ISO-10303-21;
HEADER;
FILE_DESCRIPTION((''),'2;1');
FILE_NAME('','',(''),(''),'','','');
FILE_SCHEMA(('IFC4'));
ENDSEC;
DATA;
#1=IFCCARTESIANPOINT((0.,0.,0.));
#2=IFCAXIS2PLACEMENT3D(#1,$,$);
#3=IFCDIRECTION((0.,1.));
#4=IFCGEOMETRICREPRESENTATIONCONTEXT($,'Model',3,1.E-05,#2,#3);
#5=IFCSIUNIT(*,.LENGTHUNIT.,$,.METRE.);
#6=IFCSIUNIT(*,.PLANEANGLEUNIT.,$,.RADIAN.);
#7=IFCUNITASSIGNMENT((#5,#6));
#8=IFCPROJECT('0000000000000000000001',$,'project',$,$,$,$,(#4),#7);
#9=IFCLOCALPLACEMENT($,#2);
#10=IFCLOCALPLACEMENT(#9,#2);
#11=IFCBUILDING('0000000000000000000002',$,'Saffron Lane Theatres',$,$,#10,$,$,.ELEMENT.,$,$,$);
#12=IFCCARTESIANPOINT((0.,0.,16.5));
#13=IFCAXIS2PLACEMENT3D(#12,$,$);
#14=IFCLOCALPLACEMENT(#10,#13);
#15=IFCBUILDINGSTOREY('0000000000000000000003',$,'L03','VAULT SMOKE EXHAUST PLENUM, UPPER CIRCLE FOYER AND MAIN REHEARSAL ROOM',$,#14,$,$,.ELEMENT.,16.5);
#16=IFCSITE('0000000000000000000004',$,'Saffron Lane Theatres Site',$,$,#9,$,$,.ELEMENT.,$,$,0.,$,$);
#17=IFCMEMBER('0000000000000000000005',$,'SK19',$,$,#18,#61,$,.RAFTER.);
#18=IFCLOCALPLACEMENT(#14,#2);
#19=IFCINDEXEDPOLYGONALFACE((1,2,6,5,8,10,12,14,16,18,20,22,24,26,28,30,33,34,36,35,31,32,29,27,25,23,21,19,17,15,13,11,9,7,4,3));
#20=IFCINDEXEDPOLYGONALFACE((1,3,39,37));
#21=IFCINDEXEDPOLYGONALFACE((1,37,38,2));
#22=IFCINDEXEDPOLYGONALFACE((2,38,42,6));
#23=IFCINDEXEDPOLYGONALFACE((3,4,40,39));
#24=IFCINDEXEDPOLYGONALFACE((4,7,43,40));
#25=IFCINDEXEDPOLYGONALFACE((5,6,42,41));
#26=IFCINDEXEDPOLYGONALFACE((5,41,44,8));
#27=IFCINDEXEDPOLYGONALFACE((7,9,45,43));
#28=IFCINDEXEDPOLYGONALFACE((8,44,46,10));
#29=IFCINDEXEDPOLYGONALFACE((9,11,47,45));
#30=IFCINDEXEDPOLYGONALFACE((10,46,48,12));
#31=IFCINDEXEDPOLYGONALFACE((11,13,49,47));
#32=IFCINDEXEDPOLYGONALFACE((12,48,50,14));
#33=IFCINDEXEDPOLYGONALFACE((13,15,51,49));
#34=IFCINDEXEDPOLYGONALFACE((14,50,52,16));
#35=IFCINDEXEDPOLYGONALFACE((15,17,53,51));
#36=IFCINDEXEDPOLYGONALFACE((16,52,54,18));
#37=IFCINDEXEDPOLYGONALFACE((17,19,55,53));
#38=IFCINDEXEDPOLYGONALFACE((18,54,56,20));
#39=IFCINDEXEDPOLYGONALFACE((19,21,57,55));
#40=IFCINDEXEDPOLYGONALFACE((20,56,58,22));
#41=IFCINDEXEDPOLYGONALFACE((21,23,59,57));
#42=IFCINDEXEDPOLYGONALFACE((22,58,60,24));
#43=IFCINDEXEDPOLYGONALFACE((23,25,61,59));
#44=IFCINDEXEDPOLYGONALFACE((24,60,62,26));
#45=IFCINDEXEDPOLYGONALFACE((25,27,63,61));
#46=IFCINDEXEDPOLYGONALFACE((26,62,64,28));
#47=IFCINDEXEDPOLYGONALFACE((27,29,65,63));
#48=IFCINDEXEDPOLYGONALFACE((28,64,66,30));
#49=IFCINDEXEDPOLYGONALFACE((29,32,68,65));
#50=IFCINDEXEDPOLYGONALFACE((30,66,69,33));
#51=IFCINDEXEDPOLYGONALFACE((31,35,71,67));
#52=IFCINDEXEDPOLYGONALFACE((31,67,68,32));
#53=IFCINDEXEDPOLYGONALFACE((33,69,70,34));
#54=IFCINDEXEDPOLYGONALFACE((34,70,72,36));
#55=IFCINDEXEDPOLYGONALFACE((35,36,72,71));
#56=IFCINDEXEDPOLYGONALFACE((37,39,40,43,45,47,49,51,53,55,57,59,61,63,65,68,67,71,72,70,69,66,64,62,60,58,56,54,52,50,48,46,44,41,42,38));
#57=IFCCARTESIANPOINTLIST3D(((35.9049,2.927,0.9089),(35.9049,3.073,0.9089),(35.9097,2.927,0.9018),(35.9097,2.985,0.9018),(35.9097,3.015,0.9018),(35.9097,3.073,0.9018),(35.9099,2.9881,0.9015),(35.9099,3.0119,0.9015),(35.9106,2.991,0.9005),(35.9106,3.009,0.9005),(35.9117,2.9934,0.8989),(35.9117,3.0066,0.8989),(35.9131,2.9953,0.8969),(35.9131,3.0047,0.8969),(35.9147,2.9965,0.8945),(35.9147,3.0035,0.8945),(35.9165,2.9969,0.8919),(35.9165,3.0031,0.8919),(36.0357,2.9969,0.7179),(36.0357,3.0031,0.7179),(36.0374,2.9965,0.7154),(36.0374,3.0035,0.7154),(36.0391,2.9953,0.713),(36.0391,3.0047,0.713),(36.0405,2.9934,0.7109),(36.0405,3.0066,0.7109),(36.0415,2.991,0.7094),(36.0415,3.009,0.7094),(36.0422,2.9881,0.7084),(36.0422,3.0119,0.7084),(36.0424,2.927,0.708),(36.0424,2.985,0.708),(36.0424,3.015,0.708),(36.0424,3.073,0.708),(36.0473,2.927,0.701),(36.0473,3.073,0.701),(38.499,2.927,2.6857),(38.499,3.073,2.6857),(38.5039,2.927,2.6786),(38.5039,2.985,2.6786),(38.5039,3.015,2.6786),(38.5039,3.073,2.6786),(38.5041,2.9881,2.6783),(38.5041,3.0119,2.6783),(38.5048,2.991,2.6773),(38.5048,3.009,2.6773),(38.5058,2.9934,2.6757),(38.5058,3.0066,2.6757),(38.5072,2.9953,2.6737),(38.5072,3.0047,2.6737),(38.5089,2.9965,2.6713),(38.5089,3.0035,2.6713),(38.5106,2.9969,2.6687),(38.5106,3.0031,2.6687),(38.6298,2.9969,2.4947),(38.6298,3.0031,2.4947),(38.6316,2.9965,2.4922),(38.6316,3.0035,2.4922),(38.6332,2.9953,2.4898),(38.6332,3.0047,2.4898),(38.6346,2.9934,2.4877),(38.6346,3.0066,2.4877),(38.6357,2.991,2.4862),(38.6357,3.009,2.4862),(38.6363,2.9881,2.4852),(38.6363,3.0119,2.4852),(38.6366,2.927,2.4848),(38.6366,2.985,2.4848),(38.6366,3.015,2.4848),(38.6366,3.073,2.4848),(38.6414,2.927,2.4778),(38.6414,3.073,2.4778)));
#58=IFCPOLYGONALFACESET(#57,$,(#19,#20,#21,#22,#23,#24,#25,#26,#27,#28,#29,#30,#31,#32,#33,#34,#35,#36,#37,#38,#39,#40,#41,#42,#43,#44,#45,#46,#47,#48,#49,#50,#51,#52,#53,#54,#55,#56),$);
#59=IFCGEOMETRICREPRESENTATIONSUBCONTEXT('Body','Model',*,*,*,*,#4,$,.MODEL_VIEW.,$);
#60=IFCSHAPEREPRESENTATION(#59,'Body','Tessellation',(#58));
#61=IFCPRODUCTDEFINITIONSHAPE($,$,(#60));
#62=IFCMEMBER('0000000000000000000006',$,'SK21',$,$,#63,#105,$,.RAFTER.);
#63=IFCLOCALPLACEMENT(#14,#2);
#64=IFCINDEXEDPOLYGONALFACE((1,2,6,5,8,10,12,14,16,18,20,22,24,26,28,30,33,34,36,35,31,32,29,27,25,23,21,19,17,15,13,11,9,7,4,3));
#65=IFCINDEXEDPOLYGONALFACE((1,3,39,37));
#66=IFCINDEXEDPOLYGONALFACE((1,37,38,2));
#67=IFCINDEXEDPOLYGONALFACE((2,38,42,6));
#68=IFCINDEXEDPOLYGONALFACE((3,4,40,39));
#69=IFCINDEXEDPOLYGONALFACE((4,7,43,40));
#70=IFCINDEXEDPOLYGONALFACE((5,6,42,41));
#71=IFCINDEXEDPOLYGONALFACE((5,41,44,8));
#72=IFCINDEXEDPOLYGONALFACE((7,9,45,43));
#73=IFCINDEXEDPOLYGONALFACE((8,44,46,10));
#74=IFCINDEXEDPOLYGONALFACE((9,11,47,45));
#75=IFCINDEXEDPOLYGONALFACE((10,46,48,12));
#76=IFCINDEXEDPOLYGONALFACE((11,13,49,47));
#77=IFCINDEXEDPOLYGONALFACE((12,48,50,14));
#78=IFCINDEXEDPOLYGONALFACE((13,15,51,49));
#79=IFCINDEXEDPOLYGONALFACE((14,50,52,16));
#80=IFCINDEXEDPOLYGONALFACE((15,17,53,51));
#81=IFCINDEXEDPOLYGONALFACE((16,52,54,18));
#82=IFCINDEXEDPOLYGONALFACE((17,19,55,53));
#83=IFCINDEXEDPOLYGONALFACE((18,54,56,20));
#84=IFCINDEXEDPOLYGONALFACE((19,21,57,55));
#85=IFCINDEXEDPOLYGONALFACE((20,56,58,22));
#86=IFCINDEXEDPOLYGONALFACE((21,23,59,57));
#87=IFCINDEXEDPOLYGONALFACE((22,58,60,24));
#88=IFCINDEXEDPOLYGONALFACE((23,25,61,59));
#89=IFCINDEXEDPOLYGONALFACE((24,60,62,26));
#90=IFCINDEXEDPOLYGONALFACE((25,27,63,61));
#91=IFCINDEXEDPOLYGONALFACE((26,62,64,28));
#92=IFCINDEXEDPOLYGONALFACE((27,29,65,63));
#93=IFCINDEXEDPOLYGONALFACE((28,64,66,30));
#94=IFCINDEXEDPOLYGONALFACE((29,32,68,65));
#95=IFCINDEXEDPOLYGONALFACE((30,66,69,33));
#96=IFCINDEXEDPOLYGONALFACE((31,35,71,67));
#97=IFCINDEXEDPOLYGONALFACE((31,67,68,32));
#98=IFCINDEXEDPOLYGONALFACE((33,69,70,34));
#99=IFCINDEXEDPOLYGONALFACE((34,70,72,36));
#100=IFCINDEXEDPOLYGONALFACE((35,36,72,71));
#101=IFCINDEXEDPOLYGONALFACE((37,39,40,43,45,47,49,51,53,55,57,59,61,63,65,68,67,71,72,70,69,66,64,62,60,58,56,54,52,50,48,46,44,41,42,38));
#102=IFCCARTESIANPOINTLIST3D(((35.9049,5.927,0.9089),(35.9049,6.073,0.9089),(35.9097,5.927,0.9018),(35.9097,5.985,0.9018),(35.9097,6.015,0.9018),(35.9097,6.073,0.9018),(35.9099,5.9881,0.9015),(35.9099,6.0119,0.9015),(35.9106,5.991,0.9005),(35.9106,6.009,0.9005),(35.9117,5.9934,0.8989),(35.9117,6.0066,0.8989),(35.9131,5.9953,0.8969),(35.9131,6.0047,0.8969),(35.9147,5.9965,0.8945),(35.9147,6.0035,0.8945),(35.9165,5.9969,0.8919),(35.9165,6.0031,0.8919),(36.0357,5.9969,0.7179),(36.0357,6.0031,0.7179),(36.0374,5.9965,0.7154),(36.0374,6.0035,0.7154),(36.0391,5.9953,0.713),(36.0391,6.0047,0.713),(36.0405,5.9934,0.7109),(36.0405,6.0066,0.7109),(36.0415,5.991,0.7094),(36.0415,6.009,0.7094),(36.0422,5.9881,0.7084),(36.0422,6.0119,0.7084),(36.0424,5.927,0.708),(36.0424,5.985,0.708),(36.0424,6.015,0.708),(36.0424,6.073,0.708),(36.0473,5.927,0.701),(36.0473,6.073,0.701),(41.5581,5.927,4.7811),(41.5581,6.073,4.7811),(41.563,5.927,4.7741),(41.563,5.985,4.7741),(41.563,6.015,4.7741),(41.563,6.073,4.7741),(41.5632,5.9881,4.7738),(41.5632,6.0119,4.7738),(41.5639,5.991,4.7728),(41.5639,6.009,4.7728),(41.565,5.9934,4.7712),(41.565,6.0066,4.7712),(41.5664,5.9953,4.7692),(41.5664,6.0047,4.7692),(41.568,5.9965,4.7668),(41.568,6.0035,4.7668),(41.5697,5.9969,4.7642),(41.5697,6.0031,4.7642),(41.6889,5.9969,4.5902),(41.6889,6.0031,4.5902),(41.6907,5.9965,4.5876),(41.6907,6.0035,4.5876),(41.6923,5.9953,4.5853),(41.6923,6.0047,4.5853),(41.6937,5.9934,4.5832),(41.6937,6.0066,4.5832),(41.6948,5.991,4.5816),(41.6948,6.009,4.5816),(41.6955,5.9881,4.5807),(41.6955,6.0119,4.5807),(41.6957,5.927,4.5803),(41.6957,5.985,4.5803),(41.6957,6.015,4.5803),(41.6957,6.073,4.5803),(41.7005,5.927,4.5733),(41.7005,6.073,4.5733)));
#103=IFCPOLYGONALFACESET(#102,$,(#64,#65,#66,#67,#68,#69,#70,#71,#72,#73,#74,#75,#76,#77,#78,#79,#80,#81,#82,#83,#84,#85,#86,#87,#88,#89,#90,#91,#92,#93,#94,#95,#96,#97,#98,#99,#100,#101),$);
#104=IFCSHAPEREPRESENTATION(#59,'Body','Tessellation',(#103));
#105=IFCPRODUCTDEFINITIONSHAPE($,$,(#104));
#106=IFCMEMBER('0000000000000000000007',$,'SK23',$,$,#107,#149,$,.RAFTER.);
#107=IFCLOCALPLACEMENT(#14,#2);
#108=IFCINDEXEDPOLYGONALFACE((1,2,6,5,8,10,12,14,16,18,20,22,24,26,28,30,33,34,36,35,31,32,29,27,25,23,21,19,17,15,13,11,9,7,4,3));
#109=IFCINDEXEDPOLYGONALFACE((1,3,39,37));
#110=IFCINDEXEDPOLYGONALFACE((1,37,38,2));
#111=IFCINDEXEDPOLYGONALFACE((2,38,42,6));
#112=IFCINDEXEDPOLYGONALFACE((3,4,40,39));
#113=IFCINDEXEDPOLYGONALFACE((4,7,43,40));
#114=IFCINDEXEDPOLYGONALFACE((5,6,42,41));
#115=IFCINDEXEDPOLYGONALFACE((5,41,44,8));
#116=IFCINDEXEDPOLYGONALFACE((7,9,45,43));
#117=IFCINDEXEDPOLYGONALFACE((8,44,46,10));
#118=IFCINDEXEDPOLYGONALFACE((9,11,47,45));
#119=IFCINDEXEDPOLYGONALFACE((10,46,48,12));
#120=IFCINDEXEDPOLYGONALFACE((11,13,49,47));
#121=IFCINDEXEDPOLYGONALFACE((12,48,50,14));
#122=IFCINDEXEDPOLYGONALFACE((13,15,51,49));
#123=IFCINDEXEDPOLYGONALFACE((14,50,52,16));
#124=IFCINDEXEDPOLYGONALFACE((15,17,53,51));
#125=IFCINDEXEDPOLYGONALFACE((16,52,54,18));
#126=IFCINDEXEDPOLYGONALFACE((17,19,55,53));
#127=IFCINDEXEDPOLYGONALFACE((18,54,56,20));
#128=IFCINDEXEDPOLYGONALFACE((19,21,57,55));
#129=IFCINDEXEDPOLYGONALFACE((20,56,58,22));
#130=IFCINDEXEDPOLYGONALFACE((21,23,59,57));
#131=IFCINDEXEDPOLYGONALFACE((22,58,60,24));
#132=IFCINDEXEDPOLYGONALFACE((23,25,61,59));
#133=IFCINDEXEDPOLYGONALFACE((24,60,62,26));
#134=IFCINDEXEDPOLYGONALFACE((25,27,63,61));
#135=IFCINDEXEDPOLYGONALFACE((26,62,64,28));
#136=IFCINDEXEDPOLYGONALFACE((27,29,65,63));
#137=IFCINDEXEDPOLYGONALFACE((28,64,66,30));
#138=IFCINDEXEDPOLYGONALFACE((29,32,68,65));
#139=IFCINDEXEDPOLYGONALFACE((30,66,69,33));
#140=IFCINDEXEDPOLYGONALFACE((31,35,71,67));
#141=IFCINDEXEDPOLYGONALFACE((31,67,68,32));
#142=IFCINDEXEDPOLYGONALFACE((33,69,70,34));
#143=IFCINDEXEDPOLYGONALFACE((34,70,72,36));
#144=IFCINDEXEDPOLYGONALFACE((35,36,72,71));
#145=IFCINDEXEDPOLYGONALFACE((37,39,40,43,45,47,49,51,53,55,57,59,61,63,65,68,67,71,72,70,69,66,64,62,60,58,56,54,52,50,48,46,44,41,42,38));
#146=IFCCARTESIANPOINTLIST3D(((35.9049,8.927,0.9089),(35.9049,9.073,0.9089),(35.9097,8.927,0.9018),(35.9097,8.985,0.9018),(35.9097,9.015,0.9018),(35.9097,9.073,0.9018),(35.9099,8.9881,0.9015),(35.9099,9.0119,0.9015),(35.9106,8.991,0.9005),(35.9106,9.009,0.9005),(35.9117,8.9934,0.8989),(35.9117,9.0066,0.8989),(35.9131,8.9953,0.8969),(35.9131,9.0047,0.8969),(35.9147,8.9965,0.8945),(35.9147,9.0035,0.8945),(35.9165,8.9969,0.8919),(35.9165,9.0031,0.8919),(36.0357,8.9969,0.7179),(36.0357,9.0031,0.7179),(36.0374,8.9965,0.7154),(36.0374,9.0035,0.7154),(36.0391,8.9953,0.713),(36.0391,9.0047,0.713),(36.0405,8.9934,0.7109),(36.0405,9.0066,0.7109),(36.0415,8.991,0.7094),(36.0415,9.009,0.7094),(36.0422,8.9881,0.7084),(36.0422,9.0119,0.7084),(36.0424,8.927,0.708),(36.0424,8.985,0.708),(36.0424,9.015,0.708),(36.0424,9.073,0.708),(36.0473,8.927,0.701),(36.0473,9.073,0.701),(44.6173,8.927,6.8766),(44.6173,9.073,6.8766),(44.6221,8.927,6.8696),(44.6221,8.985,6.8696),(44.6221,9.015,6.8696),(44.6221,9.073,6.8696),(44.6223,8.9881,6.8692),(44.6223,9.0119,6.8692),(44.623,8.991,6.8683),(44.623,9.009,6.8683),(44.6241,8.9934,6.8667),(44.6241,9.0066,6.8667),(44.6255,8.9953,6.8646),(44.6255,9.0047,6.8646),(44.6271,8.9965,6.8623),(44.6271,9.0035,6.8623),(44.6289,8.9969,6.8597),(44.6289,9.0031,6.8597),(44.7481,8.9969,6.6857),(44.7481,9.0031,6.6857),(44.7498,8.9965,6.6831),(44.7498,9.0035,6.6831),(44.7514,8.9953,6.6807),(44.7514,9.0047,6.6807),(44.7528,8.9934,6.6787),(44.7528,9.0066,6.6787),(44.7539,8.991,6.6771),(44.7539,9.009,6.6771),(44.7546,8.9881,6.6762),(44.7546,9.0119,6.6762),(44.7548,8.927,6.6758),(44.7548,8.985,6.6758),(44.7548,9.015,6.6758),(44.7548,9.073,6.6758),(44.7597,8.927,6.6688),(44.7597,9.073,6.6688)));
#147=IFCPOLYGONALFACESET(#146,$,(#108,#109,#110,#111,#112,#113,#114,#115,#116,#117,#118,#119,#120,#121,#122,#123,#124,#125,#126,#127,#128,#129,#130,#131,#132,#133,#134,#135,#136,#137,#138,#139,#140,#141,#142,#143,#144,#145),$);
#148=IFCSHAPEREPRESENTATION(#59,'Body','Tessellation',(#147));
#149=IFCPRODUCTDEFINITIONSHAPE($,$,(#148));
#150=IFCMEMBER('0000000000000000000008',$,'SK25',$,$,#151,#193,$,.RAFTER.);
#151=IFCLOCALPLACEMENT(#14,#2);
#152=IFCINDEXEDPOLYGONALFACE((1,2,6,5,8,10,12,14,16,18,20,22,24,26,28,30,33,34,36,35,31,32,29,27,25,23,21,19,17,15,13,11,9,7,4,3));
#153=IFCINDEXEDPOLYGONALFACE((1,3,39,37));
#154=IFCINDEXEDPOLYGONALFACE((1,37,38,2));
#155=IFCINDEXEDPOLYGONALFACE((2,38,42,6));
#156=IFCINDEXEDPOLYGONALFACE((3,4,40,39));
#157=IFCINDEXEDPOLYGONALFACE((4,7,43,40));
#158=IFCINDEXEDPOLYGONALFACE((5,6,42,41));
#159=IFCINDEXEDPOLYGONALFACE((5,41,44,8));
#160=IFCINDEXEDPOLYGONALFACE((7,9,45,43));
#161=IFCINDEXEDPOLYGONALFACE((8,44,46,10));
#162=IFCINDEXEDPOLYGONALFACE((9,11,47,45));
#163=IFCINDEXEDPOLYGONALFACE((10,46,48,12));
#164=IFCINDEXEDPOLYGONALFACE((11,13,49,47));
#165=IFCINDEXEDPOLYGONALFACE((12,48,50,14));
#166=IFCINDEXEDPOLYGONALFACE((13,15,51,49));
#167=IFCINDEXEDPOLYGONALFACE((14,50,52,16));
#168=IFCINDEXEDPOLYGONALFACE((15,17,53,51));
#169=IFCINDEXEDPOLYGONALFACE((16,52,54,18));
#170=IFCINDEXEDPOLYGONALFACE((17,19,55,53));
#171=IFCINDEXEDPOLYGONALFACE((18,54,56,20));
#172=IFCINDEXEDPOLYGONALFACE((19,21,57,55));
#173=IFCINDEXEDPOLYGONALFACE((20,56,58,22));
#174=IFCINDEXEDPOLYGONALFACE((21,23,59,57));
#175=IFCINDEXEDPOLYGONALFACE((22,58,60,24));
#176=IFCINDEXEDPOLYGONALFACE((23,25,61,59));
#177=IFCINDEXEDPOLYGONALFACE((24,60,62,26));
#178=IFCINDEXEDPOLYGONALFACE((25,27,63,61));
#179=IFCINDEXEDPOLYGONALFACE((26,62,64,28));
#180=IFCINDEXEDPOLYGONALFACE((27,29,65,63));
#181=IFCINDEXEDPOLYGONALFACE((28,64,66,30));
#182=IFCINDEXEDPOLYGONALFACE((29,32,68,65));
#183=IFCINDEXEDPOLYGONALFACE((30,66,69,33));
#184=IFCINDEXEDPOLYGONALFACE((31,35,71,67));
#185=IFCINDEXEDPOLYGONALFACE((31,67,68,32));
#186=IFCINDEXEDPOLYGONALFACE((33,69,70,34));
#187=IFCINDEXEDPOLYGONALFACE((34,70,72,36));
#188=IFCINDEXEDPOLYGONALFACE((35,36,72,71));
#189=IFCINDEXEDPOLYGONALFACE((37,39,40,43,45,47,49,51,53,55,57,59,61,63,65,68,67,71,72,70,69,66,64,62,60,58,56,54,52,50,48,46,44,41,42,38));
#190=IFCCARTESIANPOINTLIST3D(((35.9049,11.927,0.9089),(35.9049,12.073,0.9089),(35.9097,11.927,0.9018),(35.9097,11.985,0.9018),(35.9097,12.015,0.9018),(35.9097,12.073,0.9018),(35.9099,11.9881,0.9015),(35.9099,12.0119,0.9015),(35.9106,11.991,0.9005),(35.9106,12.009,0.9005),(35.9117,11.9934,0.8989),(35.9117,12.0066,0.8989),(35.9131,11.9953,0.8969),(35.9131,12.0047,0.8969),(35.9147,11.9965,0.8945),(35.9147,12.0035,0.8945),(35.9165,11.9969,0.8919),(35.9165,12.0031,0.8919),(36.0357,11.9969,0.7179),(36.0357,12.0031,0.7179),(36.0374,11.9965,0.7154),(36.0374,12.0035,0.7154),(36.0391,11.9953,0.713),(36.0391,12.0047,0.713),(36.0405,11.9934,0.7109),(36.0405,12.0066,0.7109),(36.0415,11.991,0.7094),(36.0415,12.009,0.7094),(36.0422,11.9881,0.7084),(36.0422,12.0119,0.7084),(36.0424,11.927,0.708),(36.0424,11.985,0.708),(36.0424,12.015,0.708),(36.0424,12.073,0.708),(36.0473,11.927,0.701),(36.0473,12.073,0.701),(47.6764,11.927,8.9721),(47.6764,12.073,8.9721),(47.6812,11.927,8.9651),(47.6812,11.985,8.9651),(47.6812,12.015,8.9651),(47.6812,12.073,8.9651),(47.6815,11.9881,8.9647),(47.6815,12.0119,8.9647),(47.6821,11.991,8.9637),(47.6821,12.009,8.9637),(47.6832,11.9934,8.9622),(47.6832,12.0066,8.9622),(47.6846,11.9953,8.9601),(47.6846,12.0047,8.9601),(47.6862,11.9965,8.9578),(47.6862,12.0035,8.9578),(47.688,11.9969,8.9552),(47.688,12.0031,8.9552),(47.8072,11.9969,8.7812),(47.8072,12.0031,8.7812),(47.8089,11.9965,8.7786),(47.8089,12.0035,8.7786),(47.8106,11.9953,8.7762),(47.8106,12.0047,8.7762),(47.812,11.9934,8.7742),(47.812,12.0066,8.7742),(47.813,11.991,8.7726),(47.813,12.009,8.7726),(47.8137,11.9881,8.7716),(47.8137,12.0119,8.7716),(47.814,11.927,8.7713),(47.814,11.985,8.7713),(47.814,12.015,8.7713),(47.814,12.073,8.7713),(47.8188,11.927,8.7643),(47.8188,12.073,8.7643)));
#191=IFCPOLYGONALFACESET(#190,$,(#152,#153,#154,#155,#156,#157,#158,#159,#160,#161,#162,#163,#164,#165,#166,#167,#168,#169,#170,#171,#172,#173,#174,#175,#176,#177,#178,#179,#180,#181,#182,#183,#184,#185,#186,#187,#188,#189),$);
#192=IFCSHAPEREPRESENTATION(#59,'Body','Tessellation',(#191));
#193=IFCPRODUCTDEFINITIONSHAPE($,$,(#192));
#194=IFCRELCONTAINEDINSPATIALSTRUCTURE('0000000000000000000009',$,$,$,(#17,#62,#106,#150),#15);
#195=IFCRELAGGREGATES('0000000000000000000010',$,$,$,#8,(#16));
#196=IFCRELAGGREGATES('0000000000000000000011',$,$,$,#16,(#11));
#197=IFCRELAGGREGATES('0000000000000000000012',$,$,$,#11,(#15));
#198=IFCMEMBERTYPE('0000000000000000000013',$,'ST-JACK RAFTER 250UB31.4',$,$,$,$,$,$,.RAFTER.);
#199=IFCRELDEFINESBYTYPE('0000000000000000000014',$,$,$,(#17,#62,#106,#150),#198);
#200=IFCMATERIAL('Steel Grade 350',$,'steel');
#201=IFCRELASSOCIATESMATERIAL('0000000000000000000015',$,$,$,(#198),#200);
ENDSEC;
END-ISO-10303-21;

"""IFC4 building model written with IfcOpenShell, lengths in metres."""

from ifc_helpers import new_model, si_unit, direction, frame, origin, origin_2d, place, context, subcontext, project, spatial, i_section, extrude, material, material_profile, profile_set, type_object, element, save


model = new_model("IFC4")

# Units and contexts
model_context = context("Model", 3, precision=1e-05, world=origin(), true_north=direction((0.0, 1.0)))
body_context = subcontext(model_context, "Body", "Model", "MODEL_VIEW")
ifc_project = project(units=[si_unit("LENGTHUNIT", "METRE"), si_unit("PLANEANGLEUNIT", "RADIAN")], contexts=[model_context])

# Site, building, storey
site_placement = place(None, origin())
site = spatial("IfcSite", under=ifc_project, at=site_placement, Name="Saffron Lane Theatres Site", CompositionType="ELEMENT", RefElevation=0.0)
building_placement = place(site_placement, origin())
building = spatial("IfcBuilding", under=site, at=building_placement, Name="Saffron Lane Theatres", CompositionType="ELEMENT")
storey_placement = place(building_placement, frame((0.0, 0.0, 16.5)))
storey = spatial("IfcBuildingStorey", under=building, at=storey_placement, Name="L03", Description="VAULT SMOKE EXHAUST PLENUM, UPPER CIRCLE FOYER AND MAIN REHEARSAL ROOM", CompositionType="ELEMENT", Elevation=16.5)

# Members
ifc_material_1 = material(Name="Steel Grade 350", Category="steel")
ifc_material_profile_1 = material_profile(ifc_material_1, i_section(OverallWidth=0.146, OverallDepth=0.252, WebThickness=0.0061, FlangeThickness=0.0085, FilletRadius=0.012, at=origin_2d()))
ifc_profile_set_1 = profile_set([ifc_material_profile_1], Name="Steel Grade 350")
member_type_1 = type_object("IfcMemberType", Name="ST-JACK RAFTER 250UB31.4", PredefinedType="RAFTER", material=ifc_profile_set_1)
member_1_placement = place(storey_placement, frame((35.9761, 3.0, 0.8049), z_axis=(0.825033, 0.0, 0.565085), x_axis=(0.0, 1.0, 0.0)))
element("IfcMember", 1, at=member_1_placement, inside=storey, type_object=member_type_1, Name="SK19", PredefinedType="RAFTER", context=body_context, shape_type="SweptSolid", body=[
    extrude(i_section(OverallWidth=0.146, OverallDepth=0.252, WebThickness=0.0061, FlangeThickness=0.0085, FilletRadius=0.012, at=origin_2d()), origin(), (0.0, 0.0, 1.0), 3.1443),
])
member_2_placement = place(storey_placement, frame((35.9761, 6.0, 0.8049), z_axis=(0.825018, 0.0, 0.565107), x_axis=(0.0, 1.0, 0.0)))
element("IfcMember", 2, at=member_2_placement, inside=storey, type_object=member_type_1, Name="SK21", PredefinedType="RAFTER", context=body_context, shape_type="SweptSolid", body=[
    extrude(i_section(OverallWidth=0.146, OverallDepth=0.252, WebThickness=0.0061, FlangeThickness=0.0085, FilletRadius=0.012, at=origin_2d()), origin(), (0.0, 0.0, 1.0), 6.8523),
])
member_3_placement = place(storey_placement, frame((35.9761, 9.0, 0.8049), z_axis=(0.825013, 0.0, 0.565113), x_axis=(0.0, 1.0, 0.0)))
element("IfcMember", 3, at=member_3_placement, inside=storey, type_object=member_type_1, Name="SK23", PredefinedType="RAFTER", context=body_context, shape_type="SweptSolid", body=[
    extrude(i_section(OverallWidth=0.146, OverallDepth=0.252, WebThickness=0.0061, FlangeThickness=0.0085, FilletRadius=0.012, at=origin_2d()), origin(), (0.0, 0.0, 1.0), 10.5603),
])
member_4_placement = place(storey_placement, frame((35.9761, 12.0, 0.8049), z_axis=(0.825011, 0.0, 0.565116), x_axis=(0.0, 1.0, 0.0)))
element("IfcMember", 4, at=member_4_placement, inside=storey, type_object=member_type_1, Name="SK25", PredefinedType="RAFTER", context=body_context, shape_type="SweptSolid", body=[
    extrude(i_section(OverallWidth=0.146, OverallDepth=0.252, WebThickness=0.0061, FlangeThickness=0.0085, FilletRadius=0.012, at=origin_2d()), origin(), (0.0, 0.0, 1.0), 14.2683),
])

save(model, "model.ifc")
